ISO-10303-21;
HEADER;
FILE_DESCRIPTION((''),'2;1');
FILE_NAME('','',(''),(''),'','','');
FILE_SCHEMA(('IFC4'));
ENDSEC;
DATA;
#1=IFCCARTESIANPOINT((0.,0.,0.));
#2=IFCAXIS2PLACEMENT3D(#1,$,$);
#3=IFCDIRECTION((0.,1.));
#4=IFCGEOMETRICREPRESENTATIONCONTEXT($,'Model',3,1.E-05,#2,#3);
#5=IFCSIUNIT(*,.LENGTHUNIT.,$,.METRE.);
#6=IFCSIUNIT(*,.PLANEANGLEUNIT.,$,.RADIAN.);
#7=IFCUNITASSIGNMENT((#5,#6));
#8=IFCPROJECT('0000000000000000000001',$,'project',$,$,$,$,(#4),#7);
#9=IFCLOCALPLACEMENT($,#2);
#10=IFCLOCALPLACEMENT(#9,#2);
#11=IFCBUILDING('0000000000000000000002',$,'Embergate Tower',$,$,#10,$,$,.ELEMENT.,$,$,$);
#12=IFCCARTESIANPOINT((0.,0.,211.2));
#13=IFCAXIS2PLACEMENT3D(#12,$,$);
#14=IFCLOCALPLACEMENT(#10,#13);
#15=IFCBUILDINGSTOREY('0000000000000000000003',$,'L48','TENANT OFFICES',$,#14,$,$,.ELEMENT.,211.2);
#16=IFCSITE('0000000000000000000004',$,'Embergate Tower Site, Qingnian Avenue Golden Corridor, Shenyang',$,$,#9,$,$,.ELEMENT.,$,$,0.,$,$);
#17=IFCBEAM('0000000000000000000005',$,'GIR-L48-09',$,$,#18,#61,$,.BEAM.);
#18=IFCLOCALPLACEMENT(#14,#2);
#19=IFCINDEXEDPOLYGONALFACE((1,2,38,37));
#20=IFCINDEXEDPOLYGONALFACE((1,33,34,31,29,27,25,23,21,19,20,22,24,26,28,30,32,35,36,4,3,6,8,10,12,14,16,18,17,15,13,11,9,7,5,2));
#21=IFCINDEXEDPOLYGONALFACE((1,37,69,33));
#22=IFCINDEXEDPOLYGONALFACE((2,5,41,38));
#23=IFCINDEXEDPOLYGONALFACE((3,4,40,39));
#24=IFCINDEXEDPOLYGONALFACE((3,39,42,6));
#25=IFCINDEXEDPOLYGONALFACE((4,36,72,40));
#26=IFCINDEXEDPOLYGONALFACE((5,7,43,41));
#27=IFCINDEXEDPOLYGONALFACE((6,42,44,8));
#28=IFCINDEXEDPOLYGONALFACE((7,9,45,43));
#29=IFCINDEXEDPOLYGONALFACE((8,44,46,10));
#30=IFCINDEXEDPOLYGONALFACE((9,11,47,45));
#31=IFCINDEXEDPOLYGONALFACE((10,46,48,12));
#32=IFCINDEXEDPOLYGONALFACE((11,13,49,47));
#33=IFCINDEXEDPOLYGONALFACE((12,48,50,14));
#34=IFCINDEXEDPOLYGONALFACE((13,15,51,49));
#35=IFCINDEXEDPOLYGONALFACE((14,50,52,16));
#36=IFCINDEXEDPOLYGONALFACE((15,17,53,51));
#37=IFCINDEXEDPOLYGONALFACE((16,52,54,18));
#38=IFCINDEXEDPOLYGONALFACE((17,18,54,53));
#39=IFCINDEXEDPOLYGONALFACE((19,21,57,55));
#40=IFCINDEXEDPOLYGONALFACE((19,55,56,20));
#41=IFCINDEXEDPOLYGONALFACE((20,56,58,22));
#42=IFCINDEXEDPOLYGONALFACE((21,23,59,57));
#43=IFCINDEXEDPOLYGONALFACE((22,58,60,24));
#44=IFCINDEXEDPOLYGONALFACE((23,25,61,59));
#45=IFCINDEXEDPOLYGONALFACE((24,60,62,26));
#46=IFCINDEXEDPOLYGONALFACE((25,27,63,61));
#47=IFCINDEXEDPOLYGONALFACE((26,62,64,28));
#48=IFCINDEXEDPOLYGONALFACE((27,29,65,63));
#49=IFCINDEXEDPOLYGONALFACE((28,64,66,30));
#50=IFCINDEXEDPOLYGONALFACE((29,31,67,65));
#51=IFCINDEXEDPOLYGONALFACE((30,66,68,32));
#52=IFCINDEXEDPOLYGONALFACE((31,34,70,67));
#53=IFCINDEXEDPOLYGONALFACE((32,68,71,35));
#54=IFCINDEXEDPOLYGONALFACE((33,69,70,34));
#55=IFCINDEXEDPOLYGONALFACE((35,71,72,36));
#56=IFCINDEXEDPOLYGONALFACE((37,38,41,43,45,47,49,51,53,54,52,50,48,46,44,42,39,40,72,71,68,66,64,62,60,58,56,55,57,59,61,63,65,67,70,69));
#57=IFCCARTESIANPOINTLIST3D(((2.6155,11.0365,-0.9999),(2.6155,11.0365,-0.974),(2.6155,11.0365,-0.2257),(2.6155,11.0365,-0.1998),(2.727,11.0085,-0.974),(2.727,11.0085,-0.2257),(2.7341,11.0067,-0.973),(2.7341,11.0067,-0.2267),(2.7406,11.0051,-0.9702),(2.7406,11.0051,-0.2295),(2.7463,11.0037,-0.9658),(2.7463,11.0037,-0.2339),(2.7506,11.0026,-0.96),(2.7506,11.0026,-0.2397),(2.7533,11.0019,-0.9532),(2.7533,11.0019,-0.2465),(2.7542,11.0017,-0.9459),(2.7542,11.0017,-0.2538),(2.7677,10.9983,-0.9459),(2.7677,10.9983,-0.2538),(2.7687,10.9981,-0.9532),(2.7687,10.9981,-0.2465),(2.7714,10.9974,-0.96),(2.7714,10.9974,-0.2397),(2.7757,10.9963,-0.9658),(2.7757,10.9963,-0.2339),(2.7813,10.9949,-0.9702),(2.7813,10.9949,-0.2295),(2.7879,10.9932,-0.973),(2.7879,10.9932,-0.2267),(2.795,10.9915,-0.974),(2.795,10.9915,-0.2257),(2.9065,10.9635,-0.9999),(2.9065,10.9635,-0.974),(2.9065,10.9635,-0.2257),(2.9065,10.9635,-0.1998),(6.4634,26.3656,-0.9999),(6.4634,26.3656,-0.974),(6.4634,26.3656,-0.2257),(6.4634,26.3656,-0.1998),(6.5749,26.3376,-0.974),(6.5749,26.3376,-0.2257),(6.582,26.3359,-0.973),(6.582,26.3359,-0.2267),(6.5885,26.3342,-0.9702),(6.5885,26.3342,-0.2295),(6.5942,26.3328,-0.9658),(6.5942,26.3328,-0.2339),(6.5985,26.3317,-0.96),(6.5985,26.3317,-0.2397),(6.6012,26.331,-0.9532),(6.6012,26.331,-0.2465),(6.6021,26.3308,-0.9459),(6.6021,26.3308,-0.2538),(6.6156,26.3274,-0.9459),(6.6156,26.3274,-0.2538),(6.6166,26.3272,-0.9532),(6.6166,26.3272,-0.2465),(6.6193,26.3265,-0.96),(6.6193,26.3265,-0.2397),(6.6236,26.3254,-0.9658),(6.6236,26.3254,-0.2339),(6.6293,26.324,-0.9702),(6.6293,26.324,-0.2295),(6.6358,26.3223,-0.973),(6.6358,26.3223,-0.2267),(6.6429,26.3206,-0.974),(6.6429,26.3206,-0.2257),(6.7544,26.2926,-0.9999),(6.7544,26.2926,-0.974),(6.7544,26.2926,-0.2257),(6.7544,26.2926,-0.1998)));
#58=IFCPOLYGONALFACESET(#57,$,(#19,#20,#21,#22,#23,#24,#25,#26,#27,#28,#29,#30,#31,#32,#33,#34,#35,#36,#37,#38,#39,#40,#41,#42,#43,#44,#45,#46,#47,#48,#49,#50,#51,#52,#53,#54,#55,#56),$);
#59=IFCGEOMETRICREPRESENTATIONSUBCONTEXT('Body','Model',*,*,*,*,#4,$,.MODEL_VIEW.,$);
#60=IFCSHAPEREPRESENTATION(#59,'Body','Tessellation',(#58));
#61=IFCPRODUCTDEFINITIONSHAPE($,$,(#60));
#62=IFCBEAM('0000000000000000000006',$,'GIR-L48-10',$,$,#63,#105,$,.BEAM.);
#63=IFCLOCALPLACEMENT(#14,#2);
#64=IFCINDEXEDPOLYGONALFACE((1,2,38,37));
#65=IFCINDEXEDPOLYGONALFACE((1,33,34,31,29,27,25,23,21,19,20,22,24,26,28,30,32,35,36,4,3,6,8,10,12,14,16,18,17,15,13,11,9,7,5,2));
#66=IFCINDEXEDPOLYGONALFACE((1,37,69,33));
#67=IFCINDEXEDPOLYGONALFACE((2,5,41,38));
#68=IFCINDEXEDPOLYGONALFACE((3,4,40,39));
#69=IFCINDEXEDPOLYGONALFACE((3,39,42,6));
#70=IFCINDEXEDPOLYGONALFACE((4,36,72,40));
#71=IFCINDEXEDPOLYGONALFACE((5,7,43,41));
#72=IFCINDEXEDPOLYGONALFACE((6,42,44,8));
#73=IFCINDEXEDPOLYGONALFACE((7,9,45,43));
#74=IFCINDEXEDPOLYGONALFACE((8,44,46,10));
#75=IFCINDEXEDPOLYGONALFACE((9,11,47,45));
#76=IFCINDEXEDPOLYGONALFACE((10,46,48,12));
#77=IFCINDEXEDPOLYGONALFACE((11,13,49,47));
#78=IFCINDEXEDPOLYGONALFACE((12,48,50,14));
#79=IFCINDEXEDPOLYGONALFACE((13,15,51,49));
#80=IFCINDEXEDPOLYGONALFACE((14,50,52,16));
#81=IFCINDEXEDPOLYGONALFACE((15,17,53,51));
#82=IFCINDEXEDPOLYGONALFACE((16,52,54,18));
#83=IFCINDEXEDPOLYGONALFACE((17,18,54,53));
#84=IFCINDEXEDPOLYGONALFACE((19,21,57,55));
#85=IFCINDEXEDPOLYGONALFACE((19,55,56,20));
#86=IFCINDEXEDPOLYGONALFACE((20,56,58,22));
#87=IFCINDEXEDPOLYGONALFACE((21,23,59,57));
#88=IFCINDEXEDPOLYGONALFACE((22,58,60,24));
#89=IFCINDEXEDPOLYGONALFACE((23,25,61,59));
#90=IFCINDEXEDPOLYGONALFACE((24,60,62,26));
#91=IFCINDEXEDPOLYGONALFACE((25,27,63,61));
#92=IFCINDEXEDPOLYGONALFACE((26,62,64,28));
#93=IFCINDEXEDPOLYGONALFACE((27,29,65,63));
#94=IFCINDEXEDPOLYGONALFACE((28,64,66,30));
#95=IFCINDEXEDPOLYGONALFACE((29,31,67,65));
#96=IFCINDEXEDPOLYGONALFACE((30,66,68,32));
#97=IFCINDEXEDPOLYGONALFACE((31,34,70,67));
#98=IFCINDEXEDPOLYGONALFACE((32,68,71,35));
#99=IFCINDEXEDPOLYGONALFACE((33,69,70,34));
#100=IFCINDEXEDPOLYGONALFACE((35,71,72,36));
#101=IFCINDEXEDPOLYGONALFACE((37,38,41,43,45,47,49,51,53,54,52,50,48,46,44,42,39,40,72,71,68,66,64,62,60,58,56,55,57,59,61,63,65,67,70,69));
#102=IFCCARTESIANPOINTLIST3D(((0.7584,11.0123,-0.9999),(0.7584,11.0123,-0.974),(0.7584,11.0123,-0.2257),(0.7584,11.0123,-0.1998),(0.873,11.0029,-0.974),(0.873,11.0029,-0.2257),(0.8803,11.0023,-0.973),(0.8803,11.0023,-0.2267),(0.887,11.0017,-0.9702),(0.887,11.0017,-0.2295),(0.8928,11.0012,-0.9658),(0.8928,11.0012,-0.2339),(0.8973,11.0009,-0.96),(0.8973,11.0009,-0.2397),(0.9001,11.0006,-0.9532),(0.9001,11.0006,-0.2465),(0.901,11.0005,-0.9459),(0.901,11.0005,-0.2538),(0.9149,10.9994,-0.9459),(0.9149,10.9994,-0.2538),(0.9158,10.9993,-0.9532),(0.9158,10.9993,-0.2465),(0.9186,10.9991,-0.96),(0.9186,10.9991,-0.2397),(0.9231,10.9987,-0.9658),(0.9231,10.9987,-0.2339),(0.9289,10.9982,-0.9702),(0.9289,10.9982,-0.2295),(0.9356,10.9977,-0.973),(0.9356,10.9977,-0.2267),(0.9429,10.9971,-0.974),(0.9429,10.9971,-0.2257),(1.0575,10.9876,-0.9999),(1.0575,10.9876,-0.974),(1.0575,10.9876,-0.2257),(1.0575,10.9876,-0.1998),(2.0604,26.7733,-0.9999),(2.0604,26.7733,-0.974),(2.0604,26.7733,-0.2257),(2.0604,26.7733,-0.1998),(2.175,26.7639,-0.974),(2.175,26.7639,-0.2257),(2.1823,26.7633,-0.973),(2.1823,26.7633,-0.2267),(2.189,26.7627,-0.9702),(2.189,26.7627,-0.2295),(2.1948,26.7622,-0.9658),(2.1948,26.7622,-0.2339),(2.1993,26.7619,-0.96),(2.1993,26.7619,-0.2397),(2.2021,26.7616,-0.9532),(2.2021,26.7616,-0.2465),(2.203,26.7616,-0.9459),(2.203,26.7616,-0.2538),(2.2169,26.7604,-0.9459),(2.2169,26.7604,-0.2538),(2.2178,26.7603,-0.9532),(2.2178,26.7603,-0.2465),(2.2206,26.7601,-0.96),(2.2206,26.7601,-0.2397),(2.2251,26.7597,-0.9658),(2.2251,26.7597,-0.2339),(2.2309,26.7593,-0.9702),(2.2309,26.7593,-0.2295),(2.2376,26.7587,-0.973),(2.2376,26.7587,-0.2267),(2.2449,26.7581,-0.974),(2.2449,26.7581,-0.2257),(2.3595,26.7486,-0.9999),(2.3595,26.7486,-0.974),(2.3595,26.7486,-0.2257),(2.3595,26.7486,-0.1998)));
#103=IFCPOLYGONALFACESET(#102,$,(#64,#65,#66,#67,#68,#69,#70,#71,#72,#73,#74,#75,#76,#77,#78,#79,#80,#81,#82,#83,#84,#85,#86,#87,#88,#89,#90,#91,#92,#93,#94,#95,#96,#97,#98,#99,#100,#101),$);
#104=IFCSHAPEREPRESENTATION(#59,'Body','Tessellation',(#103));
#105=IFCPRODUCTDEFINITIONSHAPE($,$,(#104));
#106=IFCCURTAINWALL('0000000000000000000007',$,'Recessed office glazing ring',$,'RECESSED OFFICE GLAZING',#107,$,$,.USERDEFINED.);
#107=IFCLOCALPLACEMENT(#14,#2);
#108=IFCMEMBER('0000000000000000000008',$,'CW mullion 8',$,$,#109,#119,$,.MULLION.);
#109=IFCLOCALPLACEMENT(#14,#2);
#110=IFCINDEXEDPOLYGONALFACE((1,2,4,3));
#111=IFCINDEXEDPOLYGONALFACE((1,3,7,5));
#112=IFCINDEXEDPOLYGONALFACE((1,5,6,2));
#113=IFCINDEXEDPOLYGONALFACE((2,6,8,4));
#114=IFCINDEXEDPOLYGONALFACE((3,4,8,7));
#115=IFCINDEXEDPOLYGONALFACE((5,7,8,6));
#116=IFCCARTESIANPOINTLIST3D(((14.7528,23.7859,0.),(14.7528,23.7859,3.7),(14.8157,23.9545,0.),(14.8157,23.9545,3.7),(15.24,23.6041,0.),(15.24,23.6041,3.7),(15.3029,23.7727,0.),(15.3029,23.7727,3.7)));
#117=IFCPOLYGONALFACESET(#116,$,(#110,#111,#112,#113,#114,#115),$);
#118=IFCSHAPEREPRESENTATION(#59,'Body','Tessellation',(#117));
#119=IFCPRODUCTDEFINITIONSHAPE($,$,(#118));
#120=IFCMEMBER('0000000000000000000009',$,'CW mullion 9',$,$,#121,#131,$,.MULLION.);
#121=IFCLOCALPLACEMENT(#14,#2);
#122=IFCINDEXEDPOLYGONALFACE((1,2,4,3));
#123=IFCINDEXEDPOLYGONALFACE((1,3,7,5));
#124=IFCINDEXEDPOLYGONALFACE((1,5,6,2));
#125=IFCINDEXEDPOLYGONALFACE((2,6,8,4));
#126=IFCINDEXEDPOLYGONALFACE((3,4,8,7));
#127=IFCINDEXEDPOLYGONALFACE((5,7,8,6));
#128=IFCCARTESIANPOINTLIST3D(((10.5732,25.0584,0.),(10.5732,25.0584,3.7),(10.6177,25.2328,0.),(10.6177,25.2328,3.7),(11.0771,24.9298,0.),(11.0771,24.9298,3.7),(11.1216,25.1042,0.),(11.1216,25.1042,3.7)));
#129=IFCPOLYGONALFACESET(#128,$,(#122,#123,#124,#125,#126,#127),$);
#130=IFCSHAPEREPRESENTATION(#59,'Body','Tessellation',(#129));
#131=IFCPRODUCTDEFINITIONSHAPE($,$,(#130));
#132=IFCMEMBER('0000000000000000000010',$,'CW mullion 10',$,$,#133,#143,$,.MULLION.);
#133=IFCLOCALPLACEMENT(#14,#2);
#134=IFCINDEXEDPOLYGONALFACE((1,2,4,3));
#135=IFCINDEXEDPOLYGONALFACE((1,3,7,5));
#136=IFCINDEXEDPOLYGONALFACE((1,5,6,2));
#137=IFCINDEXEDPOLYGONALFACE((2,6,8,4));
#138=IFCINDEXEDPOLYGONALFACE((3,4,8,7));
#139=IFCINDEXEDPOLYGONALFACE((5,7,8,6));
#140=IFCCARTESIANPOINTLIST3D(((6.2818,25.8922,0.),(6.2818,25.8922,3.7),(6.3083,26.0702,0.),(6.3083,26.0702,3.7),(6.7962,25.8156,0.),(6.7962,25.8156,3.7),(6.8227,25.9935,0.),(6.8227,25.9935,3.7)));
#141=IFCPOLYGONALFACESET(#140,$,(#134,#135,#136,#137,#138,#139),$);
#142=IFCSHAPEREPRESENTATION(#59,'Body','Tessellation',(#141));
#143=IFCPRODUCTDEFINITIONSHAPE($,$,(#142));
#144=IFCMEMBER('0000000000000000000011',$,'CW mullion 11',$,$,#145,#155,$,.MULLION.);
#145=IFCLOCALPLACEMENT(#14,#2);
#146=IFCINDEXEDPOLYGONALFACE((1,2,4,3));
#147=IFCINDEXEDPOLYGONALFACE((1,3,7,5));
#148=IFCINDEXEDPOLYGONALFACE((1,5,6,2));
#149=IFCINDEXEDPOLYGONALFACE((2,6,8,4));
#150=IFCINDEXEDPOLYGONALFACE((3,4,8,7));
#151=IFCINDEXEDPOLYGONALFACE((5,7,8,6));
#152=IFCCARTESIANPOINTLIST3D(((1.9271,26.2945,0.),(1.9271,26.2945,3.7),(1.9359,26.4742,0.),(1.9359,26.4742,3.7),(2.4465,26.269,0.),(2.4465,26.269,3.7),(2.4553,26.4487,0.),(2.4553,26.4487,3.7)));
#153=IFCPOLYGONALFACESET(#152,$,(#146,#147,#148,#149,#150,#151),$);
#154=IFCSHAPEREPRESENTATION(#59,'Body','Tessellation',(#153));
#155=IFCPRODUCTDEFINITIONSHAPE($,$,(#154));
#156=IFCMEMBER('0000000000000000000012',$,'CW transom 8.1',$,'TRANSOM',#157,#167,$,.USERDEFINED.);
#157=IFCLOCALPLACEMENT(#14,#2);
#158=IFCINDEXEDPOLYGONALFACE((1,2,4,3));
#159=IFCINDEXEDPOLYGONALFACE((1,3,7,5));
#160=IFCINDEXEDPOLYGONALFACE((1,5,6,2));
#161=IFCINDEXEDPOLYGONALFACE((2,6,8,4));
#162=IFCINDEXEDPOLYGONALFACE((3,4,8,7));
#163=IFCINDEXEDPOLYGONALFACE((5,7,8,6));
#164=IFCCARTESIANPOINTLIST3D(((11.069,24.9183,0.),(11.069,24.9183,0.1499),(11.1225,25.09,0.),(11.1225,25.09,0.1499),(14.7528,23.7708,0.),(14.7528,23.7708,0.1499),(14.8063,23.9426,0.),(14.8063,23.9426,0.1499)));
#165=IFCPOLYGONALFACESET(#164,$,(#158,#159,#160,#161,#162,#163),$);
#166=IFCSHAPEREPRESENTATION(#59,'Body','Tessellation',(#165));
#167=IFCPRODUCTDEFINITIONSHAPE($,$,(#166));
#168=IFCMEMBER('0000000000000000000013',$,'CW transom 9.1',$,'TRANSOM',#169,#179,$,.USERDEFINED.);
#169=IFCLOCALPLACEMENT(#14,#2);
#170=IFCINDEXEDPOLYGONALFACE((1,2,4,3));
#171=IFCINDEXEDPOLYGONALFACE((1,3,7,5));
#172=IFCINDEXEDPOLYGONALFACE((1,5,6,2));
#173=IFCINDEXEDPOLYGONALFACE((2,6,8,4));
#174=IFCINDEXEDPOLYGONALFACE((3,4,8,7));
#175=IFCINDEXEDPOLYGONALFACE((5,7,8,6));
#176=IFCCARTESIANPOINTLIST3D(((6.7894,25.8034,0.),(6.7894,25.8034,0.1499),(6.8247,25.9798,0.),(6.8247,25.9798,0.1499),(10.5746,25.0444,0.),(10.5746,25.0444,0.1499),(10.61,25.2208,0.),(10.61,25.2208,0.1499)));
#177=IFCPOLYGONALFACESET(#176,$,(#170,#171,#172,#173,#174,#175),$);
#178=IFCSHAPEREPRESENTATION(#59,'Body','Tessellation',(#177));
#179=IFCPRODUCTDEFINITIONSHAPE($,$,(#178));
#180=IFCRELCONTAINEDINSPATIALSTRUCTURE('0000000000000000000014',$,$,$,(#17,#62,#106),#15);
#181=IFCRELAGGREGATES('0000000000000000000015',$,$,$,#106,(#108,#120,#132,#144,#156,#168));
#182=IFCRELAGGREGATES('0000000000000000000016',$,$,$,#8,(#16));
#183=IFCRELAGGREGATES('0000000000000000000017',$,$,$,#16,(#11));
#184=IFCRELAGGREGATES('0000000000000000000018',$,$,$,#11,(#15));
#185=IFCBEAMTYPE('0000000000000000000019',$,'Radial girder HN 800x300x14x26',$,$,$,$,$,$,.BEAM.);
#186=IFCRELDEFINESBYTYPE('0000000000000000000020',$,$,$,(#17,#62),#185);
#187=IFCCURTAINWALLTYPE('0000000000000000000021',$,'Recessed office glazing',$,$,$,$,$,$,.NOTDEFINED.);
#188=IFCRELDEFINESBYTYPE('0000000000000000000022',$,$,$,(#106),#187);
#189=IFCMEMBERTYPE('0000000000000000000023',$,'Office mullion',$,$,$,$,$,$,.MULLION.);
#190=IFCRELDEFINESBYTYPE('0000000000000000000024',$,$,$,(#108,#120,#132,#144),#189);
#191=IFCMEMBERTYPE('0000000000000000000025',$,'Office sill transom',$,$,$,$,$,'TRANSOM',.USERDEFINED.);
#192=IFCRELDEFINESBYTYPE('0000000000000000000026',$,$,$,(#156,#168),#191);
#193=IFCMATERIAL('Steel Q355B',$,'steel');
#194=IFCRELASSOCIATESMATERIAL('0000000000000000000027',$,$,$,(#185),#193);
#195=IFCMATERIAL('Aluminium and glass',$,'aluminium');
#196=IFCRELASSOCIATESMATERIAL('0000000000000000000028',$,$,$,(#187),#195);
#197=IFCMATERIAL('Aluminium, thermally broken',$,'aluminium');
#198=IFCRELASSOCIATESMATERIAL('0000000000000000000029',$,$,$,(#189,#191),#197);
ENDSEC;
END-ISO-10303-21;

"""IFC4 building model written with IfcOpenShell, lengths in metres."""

from ifc_helpers import new_model, si_unit, direction, frame, origin, origin_2d, place, context, subcontext, project, spatial, rectangle, i_section, extrude, source, transform, mapped, material, material_profile, profile_set, type_object, element, aggregate, save


model = new_model("IFC4")

# Units and contexts
model_context = context("Model", 3, precision=1e-05, world=origin(), true_north=direction((0.0, 1.0)))
body_context = subcontext(model_context, "Body", "Model", "MODEL_VIEW")
ifc_project = project(units=[si_unit("LENGTHUNIT", "METRE"), si_unit("PLANEANGLEUNIT", "RADIAN")], contexts=[model_context])

# Site, building, storey
site_placement = place(None, origin())
site = spatial("IfcSite", under=ifc_project, at=site_placement, Name="Embergate Tower Site, Qingnian Avenue Golden Corridor, Shenyang", CompositionType="ELEMENT", RefElevation=0.0)
building_placement = place(site_placement, origin())
building = spatial("IfcBuilding", under=site, at=building_placement, Name="Embergate Tower", CompositionType="ELEMENT")
storey_placement = place(building_placement, frame((0.0, 0.0, 211.2)))
storey = spatial("IfcBuildingStorey", under=building, at=storey_placement, Name="L48", Description="TENANT OFFICES", CompositionType="ELEMENT", Elevation=211.2)

# Beams
ifc_material_1 = material(Name="Steel Q355B", Category="steel")
ifc_material_profile_1 = material_profile(ifc_material_1, i_section(OverallWidth=0.3, OverallDepth=0.8, WebThickness=0.0139, FlangeThickness=0.0259, FilletRadius=0.0281, at=origin_2d()), Name="HN 800x300x14x26")
ifc_profile_set_1 = profile_set([ifc_material_profile_1], Name="Steel Q355 grade B")
beam_type_1 = type_object("IfcBeamType", Name="Radial girder HN 800x300x14x26", PredefinedType="BEAM", material=ifc_profile_set_1)
shared_shape_1 = source(origin(), body_context, "Body", "SweptSolid", [
    extrude(i_section(OverallWidth=0.3, OverallDepth=0.8, WebThickness=0.0139, FlangeThickness=0.0259, FilletRadius=0.0281, at=origin_2d()), origin(), (0.0, 0.0, 1.0), 15.8047),
])
beam_1_placement = place(storey_placement, frame((6.6089, 26.3291, -0.5999), z_axis=(-0.243466, -0.969909, 0.0), x_axis=(0.969909, -0.243466, 0.0)))
element("IfcBeam", 1, at=beam_1_placement, inside=storey, type_object=beam_type_1, Name="GIR-L48-09", PredefinedType="BEAM", context=body_context, shape_type="MappedRepresentation", body=[
    mapped(shared_shape_1, transform((0.0, 0.0, 0.0))),
])
shared_shape_2 = source(origin(), body_context, "Body", "SweptSolid", [
    extrude(i_section(OverallWidth=0.3, OverallDepth=0.8, WebThickness=0.0139, FlangeThickness=0.0259, FilletRadius=0.0281, at=origin_2d()), origin(), (0.0, 0.0, 1.0), 15.8147),
])
beam_2_placement = place(storey_placement, frame((2.21, 26.761, -0.5999), z_axis=(-0.082329, -0.996605, 0.0), x_axis=(0.996605, -0.082329, 0.0)))
element("IfcBeam", 2, at=beam_2_placement, inside=storey, type_object=beam_type_1, Name="GIR-L48-10", PredefinedType="BEAM", context=body_context, shape_type="MappedRepresentation", body=[
    mapped(shared_shape_2, transform((0.0, 0.0, 0.0))),
])

# Curtain wall, members
ifc_material_2 = material(Name="Aluminium and glass", Category="aluminium")
curtain_wall_type = type_object("IfcCurtainWallType", Name="Recessed office glazing", PredefinedType="NOTDEFINED", material=ifc_material_2)
curtain_wall_placement = place(storey_placement, origin())
curtain_wall = element("IfcCurtainWall", 3, at=curtain_wall_placement, inside=storey, type_object=curtain_wall_type, Name="Recessed office glazing ring", ObjectType="RECESSED OFFICE GLAZING", PredefinedType="USERDEFINED")
ifc_material_3 = material(Name="Aluminium, thermally broken", Category="aluminium")
ifc_material_profile_2 = material_profile(ifc_material_3, rectangle(XDim=0.1799, YDim=0.52, at=origin_2d()), Name="AL 520x180")
ifc_profile_set_2 = profile_set([ifc_material_profile_2], Name="Aluminium, thermally broken")
member_type_1 = type_object("IfcMemberType", Name="Office mullion", PredefinedType="MULLION", material=ifc_profile_set_2)
shared_shape_3 = source(origin(), body_context, "Body", "SweptSolid", [
    extrude(rectangle(XDim=0.1799, YDim=0.52, at=origin_2d()), origin(), (0.0, 0.0, 1.0), 3.7),
])
member_1_placement = place(storey_placement, frame((15.0278, 23.7793, 0.0), z_axis=(0.0, 0.0, 1.0), x_axis=(-0.349506, -0.936934, 0.0)))
member_1 = element("IfcMember", 4, at=member_1_placement, type_object=member_type_1, Name="CW mullion 8", PredefinedType="MULLION", context=body_context, shape_type="MappedRepresentation", body=[
    mapped(shared_shape_3, transform((0.0, 0.0, 0.0))),
])
member_2_placement = place(storey_placement, frame((10.8474, 25.0813, 0.0), z_axis=(0.0, 0.0, 1.0), x_axis=(-0.247315, -0.968935, 0.0)))
member_2 = element("IfcMember", 5, at=member_2_placement, type_object=member_type_1, Name="CW mullion 9", PredefinedType="MULLION", context=body_context, shape_type="MappedRepresentation", body=[
    mapped(shared_shape_3, transform((0.0, 0.0, 0.0))),
])
member_3_placement = place(storey_placement, frame((6.5522, 25.9429, 0.0), z_axis=(0.0, 0.0, 1.0), x_axis=(-0.147414, -0.989075, 0.0)))
member_3 = element("IfcMember", 6, at=member_3_placement, type_object=member_type_1, Name="CW mullion 10", PredefinedType="MULLION", context=body_context, shape_type="MappedRepresentation", body=[
    mapped(shared_shape_3, transform((0.0, 0.0, 0.0))),
])
member_4_placement = place(storey_placement, frame((2.1912, 26.3716, 0.0), z_axis=(0.0, 0.0, 1.0), x_axis=(-0.048972, -0.9988, 0.0)))
member_4 = element("IfcMember", 7, at=member_4_placement, type_object=member_type_1, Name="CW mullion 11", PredefinedType="MULLION", context=body_context, shape_type="MappedRepresentation", body=[
    mapped(shared_shape_3, transform((0.0, 0.0, 0.0))),
])
ifc_material_profile_3 = material_profile(ifc_material_3, rectangle(XDim=0.1799, YDim=0.1499, at=origin_2d()), Name="AL 150x180")
ifc_profile_set_3 = profile_set([ifc_material_profile_3], Name="Aluminium, thermally broken")
member_type_2 = type_object("IfcMemberType", Name="Office sill transom", ElementType="TRANSOM", PredefinedType="USERDEFINED", material=ifc_profile_set_3)
shared_shape_4 = source(origin(), body_context, "Body", "SweptSolid", [
    extrude(rectangle(XDim=0.1799, YDim=0.1499, at=origin_2d()), origin(), (0.0, 0.0, 1.0), 3.8584),
])
member_5_placement = place(storey_placement, frame((14.7795, 23.8567, 0.075), z_axis=(-0.954755, 0.297392, 0.0), x_axis=(-0.297392, -0.954755, 0.0)))
member_5 = element("IfcMember", 8, at=member_5_placement, type_object=member_type_2, Name="CW transom 8.1", ObjectType="TRANSOM", PredefinedType="USERDEFINED", context=body_context, shape_type="MappedRepresentation", body=[
    mapped(shared_shape_4, transform((0.0, 0.0, 0.0))),
])
shared_shape_5 = source(origin(), body_context, "Body", "SweptSolid", [
    extrude(rectangle(XDim=0.1799, YDim=0.1499, at=origin_2d()), origin(), (0.0, 0.0, 1.0), 3.8606),
])
member_6_placement = place(storey_placement, frame((10.5923, 25.1326, 0.075), z_axis=(-0.980481, 0.196615, 0.0), x_axis=(-0.196615, -0.980481, 0.0)))
member_6 = element("IfcMember", 9, at=member_6_placement, type_object=member_type_2, Name="CW transom 9.1", ObjectType="TRANSOM", PredefinedType="USERDEFINED", context=body_context, shape_type="MappedRepresentation", body=[
    mapped(shared_shape_5, transform((0.0, 0.0, 0.0))),
])
aggregate(curtain_wall, [member_1, member_2, member_3, member_4, member_5, member_6])

save(model, "model.ifc")
